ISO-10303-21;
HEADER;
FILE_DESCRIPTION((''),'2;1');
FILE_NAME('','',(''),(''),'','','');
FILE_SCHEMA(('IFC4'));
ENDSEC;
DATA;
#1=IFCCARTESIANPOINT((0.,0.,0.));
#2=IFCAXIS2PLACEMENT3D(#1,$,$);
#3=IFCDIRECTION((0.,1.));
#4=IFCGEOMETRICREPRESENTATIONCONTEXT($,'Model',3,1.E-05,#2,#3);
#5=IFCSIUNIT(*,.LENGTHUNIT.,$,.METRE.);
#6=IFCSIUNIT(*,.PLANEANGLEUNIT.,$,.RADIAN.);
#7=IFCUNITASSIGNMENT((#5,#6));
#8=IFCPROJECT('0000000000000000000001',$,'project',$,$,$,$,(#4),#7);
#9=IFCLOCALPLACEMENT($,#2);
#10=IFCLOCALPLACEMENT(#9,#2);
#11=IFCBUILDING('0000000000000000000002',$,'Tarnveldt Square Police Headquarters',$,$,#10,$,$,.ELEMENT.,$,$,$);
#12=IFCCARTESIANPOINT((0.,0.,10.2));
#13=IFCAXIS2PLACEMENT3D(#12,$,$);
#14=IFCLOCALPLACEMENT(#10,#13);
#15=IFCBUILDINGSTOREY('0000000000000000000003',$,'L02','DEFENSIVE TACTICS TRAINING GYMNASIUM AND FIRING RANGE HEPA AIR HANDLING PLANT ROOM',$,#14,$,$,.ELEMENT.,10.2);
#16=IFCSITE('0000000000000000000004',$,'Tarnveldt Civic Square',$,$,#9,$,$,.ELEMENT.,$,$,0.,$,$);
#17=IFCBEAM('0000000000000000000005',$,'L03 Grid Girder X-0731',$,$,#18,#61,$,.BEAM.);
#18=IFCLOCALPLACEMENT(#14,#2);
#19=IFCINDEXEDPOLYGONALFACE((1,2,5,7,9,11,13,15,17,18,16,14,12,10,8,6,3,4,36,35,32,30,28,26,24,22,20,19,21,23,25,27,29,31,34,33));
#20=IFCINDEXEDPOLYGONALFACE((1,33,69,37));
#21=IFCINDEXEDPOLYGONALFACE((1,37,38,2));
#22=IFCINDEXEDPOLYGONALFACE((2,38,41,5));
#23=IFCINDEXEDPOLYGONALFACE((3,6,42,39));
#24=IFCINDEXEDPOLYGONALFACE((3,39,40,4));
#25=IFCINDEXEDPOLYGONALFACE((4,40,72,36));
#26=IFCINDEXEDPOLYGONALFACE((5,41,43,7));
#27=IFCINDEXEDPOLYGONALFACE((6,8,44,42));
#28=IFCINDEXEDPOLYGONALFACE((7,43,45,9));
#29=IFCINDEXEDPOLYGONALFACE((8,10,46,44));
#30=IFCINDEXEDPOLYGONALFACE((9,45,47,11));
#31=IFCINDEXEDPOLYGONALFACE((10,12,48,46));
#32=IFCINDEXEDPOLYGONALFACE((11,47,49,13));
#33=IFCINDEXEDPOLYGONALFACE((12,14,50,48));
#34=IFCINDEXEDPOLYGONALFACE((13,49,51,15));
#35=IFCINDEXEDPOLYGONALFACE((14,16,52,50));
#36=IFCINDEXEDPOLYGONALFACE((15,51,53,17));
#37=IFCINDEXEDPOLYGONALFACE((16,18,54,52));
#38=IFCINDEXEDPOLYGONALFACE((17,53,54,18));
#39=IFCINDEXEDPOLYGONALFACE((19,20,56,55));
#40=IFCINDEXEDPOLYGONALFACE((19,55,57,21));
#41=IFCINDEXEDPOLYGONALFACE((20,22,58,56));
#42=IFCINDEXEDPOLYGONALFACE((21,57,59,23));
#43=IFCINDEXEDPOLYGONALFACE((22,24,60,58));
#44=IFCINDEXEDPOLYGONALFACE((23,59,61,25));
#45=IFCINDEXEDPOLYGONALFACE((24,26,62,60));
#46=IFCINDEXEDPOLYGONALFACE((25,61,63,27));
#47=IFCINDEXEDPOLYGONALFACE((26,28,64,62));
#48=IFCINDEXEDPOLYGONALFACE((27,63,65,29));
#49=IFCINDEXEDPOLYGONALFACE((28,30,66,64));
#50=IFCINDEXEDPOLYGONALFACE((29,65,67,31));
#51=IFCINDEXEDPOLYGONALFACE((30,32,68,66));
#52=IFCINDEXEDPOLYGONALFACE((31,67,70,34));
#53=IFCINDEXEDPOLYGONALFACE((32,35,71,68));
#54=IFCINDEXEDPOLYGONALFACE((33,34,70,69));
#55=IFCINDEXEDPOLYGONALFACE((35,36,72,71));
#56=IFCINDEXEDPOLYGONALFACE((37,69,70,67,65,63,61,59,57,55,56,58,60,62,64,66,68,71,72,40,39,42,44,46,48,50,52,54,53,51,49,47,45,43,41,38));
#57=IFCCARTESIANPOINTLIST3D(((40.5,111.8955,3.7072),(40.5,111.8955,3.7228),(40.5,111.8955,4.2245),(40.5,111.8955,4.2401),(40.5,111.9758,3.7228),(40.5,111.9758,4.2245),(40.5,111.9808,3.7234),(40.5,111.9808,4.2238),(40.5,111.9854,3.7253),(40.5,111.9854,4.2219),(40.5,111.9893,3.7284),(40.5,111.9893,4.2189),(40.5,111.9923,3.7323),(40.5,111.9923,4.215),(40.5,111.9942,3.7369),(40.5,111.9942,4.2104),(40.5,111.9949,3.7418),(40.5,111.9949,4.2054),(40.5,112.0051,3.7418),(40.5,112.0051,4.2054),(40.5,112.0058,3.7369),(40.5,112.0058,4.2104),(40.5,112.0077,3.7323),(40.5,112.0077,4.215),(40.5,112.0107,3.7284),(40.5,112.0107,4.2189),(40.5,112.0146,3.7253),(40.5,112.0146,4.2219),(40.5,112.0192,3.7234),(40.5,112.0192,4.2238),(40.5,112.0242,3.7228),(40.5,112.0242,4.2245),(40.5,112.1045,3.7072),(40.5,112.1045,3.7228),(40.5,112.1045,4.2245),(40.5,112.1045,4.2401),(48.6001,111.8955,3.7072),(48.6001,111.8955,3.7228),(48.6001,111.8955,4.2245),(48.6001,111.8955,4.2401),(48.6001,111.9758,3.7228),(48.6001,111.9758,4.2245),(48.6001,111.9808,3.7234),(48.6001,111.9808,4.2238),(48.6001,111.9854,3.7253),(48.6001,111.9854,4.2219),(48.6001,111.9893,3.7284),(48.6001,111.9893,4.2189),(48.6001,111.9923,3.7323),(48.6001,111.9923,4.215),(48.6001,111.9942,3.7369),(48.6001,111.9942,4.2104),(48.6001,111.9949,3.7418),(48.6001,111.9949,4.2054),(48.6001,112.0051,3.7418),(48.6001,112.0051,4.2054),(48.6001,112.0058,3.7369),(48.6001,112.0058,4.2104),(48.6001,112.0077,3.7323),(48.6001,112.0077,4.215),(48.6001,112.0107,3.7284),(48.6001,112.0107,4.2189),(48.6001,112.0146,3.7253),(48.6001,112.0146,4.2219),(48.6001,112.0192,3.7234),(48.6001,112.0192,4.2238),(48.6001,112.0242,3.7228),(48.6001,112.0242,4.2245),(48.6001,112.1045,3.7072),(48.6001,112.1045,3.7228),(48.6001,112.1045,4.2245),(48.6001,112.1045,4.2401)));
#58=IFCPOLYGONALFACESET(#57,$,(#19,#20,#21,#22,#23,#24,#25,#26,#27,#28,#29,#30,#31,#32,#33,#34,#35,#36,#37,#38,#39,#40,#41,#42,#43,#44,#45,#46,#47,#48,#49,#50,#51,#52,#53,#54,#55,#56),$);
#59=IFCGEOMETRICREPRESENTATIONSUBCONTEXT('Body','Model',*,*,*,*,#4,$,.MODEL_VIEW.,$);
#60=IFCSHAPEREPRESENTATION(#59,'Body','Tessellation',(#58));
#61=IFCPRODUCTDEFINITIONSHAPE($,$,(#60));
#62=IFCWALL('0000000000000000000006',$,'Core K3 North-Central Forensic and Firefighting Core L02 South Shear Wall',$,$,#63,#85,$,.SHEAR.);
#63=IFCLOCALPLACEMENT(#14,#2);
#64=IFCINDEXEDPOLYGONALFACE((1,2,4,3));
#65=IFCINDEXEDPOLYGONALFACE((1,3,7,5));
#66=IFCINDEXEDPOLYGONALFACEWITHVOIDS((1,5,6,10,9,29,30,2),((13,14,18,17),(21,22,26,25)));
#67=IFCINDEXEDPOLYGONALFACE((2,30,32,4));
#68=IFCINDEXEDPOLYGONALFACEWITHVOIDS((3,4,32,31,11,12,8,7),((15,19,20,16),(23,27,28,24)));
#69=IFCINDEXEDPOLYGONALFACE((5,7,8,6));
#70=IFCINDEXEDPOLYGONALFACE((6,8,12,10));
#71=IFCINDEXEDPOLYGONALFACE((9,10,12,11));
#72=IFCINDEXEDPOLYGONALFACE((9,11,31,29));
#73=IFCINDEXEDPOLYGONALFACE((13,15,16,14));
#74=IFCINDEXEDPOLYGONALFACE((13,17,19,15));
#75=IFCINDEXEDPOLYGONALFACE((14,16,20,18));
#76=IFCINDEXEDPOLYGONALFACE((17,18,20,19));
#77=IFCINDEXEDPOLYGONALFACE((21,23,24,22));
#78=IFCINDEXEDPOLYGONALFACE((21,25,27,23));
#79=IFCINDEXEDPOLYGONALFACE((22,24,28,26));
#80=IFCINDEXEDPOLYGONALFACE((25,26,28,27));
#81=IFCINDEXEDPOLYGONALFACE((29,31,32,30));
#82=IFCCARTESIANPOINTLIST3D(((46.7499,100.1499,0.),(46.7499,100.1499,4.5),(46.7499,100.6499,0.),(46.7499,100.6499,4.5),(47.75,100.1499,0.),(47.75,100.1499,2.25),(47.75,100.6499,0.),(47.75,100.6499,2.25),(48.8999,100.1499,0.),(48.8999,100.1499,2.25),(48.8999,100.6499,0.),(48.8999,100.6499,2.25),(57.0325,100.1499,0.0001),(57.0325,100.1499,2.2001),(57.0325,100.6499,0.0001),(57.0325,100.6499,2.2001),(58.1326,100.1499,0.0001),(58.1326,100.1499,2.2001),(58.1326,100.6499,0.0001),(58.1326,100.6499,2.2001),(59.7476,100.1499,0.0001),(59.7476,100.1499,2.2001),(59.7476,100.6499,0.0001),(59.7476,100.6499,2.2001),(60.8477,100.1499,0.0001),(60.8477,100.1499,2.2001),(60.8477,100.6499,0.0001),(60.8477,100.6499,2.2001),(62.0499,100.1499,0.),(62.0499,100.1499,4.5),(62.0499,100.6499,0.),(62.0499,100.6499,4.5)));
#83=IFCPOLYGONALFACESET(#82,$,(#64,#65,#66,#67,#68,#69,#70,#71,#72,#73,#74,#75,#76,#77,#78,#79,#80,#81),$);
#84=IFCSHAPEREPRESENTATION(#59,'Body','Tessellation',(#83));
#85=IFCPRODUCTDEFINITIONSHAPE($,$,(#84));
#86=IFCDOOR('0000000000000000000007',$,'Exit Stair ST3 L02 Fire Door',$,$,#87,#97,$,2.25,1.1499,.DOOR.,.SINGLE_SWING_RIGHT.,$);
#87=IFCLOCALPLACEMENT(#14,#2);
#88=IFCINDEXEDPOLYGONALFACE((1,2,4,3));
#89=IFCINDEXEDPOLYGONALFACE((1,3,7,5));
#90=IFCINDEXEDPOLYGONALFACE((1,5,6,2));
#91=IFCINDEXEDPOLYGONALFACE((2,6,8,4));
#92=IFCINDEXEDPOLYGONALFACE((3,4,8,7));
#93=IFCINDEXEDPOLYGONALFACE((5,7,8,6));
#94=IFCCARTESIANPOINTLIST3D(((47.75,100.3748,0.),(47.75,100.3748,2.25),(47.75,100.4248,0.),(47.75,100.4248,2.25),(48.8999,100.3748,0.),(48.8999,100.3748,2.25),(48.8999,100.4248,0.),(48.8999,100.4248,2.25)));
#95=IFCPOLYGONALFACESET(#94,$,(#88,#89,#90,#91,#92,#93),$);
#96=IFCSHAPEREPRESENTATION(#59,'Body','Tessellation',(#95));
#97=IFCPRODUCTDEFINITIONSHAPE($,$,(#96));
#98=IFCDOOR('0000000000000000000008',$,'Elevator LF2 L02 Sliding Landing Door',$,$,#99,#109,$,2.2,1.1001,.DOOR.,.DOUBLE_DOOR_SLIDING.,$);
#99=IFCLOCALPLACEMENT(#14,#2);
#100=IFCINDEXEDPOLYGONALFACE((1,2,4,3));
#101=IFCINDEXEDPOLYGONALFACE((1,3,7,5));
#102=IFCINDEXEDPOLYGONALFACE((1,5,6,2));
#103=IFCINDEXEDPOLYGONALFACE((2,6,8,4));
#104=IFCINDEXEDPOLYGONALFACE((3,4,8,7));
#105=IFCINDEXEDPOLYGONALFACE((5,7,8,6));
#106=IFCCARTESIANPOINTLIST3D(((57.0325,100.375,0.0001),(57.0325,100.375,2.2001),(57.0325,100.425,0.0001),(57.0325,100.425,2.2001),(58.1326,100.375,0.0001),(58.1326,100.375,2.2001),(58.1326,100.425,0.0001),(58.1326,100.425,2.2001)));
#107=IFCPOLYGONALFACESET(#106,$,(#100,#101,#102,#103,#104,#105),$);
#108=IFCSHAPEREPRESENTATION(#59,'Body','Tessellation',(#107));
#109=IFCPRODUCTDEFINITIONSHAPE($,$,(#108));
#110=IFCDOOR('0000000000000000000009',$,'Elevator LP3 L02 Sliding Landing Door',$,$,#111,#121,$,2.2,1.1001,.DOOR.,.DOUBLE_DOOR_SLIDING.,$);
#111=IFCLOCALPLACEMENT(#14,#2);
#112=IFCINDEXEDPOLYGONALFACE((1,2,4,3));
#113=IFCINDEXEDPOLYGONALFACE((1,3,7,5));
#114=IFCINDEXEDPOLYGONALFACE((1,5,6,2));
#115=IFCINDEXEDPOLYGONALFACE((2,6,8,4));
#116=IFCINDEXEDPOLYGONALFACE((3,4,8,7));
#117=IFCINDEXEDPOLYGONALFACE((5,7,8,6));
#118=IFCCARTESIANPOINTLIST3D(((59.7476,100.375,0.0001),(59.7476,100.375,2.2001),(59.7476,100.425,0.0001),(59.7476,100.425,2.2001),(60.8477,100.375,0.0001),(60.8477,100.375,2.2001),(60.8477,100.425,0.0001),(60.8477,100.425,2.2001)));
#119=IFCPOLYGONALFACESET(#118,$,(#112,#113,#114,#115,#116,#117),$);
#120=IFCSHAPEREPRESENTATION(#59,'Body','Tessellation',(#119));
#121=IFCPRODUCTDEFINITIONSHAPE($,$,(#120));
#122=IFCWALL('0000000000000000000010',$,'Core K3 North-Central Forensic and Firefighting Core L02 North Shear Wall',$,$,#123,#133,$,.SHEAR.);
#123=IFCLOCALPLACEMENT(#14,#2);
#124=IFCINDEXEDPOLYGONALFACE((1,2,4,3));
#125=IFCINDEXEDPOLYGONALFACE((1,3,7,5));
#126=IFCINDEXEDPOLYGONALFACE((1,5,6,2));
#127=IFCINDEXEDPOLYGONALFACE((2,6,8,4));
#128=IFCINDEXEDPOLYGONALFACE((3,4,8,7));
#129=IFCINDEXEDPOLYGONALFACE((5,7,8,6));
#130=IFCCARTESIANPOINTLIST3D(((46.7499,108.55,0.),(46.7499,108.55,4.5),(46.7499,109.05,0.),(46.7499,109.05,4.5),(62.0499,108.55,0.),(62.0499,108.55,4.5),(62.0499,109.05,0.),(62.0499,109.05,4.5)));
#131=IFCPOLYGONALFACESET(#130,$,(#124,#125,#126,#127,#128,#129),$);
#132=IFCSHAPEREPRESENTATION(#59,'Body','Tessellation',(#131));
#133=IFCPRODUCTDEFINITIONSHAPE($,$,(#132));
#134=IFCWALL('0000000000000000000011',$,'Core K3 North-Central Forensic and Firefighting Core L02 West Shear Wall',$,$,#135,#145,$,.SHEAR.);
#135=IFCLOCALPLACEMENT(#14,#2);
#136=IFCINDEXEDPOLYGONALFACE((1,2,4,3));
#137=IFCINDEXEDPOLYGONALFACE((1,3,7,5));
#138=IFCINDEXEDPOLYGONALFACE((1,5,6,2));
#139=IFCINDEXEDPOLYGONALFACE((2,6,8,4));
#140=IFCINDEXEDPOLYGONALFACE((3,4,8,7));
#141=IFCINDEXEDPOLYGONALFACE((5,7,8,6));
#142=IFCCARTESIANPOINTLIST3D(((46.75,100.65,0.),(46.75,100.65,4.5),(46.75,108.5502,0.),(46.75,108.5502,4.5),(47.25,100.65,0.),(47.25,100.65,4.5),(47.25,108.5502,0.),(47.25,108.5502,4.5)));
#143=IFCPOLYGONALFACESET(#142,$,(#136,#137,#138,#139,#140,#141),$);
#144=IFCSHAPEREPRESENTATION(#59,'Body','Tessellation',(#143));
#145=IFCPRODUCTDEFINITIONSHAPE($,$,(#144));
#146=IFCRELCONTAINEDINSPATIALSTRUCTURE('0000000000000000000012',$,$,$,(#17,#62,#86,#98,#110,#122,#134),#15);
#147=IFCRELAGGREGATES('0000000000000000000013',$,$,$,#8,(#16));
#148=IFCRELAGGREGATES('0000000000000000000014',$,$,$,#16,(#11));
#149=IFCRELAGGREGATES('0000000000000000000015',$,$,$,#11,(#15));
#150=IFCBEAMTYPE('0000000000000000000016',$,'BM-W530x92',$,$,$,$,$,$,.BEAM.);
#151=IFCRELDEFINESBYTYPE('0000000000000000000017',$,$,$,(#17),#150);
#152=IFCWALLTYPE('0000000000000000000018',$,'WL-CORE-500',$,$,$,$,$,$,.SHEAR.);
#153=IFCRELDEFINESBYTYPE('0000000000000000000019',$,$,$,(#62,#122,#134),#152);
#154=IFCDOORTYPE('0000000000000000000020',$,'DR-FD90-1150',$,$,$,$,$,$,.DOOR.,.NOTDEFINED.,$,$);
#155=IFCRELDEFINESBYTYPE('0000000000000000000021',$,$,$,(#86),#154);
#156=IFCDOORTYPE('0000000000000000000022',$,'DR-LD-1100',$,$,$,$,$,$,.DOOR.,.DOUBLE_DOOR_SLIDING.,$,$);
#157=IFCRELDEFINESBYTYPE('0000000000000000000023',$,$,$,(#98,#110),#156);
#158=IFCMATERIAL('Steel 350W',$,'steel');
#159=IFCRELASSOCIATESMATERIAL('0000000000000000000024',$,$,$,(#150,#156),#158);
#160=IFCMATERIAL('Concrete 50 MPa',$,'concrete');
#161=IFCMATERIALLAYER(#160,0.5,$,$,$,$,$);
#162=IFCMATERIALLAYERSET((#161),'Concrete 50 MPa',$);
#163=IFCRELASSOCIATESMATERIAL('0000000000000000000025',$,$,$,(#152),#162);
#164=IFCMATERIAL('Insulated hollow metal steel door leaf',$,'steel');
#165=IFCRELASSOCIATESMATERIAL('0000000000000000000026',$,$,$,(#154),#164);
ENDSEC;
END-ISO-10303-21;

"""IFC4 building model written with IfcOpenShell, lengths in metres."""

from ifc_helpers import new_model, si_unit, direction, frame, frame_2d, origin, origin_2d, place, context, subcontext, project, spatial, rectangle, i_section, extrude, material, layer, layer_set, material_profile, profile_set, type_object, element, fill, save


model = new_model("IFC4")

# Units and contexts
model_context = context("Model", 3, precision=1e-05, world=origin(), true_north=direction((0.0, 1.0)))
body_context = subcontext(model_context, "Body", "Model", "MODEL_VIEW")
ifc_project = project(units=[si_unit("LENGTHUNIT", "METRE"), si_unit("PLANEANGLEUNIT", "RADIAN")], contexts=[model_context])

# Site, building, storey
site_placement = place(None, origin())
site = spatial("IfcSite", under=ifc_project, at=site_placement, Name="Tarnveldt Civic Square", CompositionType="ELEMENT", RefElevation=0.0)
building_placement = place(site_placement, origin())
building = spatial("IfcBuilding", under=site, at=building_placement, Name="Tarnveldt Square Police Headquarters", CompositionType="ELEMENT")
storey_placement = place(building_placement, frame((0.0, 0.0, 10.2)))
storey = spatial("IfcBuildingStorey", under=building, at=storey_placement, Name="L02", Description="DEFENSIVE TACTICS TRAINING GYMNASIUM AND FIRING RANGE HEPA AIR HANDLING PLANT ROOM", CompositionType="ELEMENT", Elevation=10.2)

# Shared definitions
ifc_material_1 = material(Name="Concrete 50 MPa", Category="concrete")

# Beam
ifc_material_2 = material(Name="Steel 350W", Category="steel")
ifc_material_profile_1 = material_profile(ifc_material_2, i_section(OverallWidth=0.209, OverallDepth=0.533, WebThickness=0.0103, FlangeThickness=0.0156, FilletRadius=0.019, at=origin_2d()), Name="W530x92")
ifc_profile_set_1 = profile_set([ifc_material_profile_1], Name="Steel 350W")
beam_type_1 = type_object("IfcBeamType", Name="BM-W530x92", PredefinedType="BEAM", material=ifc_profile_set_1)
beam_1_placement = place(storey_placement, frame((40.5, 112.0, 3.9736), z_axis=(1.0, 0.0, 0.0), x_axis=(0.0, 1.0, 0.0)))
element("IfcBeam", 1, at=beam_1_placement, inside=storey, type_object=beam_type_1, Name="L03 Grid Girder X-0731", PredefinedType="BEAM", context=body_context, shape_type="SweptSolid", body=[
    extrude(i_section(OverallWidth=0.209, OverallDepth=0.533, WebThickness=0.0103, FlangeThickness=0.0156, FilletRadius=0.019, at=origin_2d()), origin(), (0.0, 0.0, 1.0), 8.1001),
])

# Wall, openings, doors
ifc_layer_1 = layer(ifc_material_1, 0.5)
ifc_layer_set_1 = layer_set([ifc_layer_1], Name="Concrete 50 MPa")
wall_type_1 = type_object("IfcWallType", Name="WL-CORE-500", PredefinedType="SHEAR", material=ifc_layer_set_1)
wall_1_placement = place(storey_placement, frame((46.75, 100.3999, 0.0), z_axis=(0.0, 0.0, 1.0), x_axis=(1.0, 0.0, 0.0)))
wall_1 = element("IfcWall", 2, at=wall_1_placement, inside=storey, type_object=wall_type_1, Name="Core K3 North-Central Forensic and Firefighting Core L02 South Shear Wall", PredefinedType="SHEAR", context=body_context, shape_type="SweptSolid", body=[
    extrude(rectangle(XDim=15.3, YDim=0.5, at=frame_2d((7.6499, 0.0))), origin(), (0.0, 0.0, 1.0), 4.5),
])
opening_1_placement = place(wall_1_placement, frame((1.0, 0.0, 0.0)))
opening_1 = element("IfcOpeningElement", 3, at=opening_1_placement, cuts=wall_1, PredefinedType="OPENING", context=body_context, shape_type="SweptSolid", body=[
    extrude(rectangle(XDim=1.1499, YDim=2.25, at=frame_2d((0.575, 1.125))), frame((0.0, 0.26, 0.0), z_axis=(0.0, -1.0, 0.0), x_axis=(1.0, 0.0, 0.0)), (0.0, 0.0, 1.0), 0.52),
])
opening_2_placement = place(wall_1_placement, frame((10.2825, 0.0, 0.0)))
opening_2 = element("IfcOpeningElement", 4, at=opening_2_placement, cuts=wall_1, PredefinedType="OPENING", context=body_context, shape_type="SweptSolid", body=[
    extrude(rectangle(XDim=1.1001, YDim=2.2, at=frame_2d((0.55, 1.1001))), frame((0.0, 0.26, 0.0), z_axis=(0.0, -1.0, 0.0), x_axis=(1.0, 0.0, 0.0)), (0.0, 0.0, 1.0), 0.52),
])
opening_3_placement = place(wall_1_placement, frame((12.9976, 0.0, 0.0)))
opening_3 = element("IfcOpeningElement", 5, at=opening_3_placement, cuts=wall_1, PredefinedType="OPENING", context=body_context, shape_type="SweptSolid", body=[
    extrude(rectangle(XDim=1.1001, YDim=2.2, at=frame_2d((0.55, 1.1001))), frame((0.0, 0.26, 0.0), z_axis=(0.0, -1.0, 0.0), x_axis=(1.0, 0.0, 0.0)), (0.0, 0.0, 1.0), 0.52),
])
ifc_material_3 = material(Name="Insulated hollow metal steel door leaf", Category="steel")
door_type_1 = type_object("IfcDoorType", Name="DR-FD90-1150", OperationType="NOTDEFINED", PredefinedType="DOOR", material=ifc_material_3)
door_1_placement = place(opening_1_placement, origin())
door_1 = element("IfcDoor", 6, at=door_1_placement, inside=storey, type_object=door_type_1, Name="Exit Stair ST3 L02 Fire Door", OperationType="SINGLE_SWING_RIGHT", OverallHeight=2.25, OverallWidth=1.1499, PredefinedType="DOOR", context=body_context, shape_type="SweptSolid", body=[
    extrude(rectangle(XDim=1.1499, YDim=2.25, at=frame_2d((0.575, 1.125))), frame((0.0, 0.0249, 0.0), z_axis=(0.0, -1.0, 0.0), x_axis=(1.0, 0.0, 0.0)), (0.0, 0.0, 1.0), 0.05),
])
fill(opening_1, door_1)
door_type_2 = type_object("IfcDoorType", Name="DR-LD-1100", OperationType="DOUBLE_DOOR_SLIDING", PredefinedType="DOOR", material=ifc_material_2)
door_2_placement = place(opening_2_placement, frame((1.1001, 0.0, 0.0), z_axis=(0.0, 0.0, 1.0), x_axis=(-1.0, 0.0, 0.0)))
door_2 = element("IfcDoor", 7, at=door_2_placement, inside=storey, type_object=door_type_2, Name="Elevator LF2 L02 Sliding Landing Door", OperationType="DOUBLE_DOOR_SLIDING", OverallHeight=2.2, OverallWidth=1.1001, PredefinedType="DOOR", context=body_context, shape_type="SweptSolid", body=[
    extrude(rectangle(XDim=1.1001, YDim=2.2, at=frame_2d((0.55, 1.1001))), frame((0.0, 0.0249, 0.0), z_axis=(0.0, -1.0, 0.0), x_axis=(1.0, 0.0, 0.0)), (0.0, 0.0, 1.0), 0.05),
])
fill(opening_2, door_2)
door_3_placement = place(opening_3_placement, frame((1.1001, 0.0, 0.0), z_axis=(0.0, 0.0, 1.0), x_axis=(-1.0, 0.0, 0.0)))
door_3 = element("IfcDoor", 8, at=door_3_placement, inside=storey, type_object=door_type_2, Name="Elevator LP3 L02 Sliding Landing Door", OperationType="DOUBLE_DOOR_SLIDING", OverallHeight=2.2, OverallWidth=1.1001, PredefinedType="DOOR", context=body_context, shape_type="SweptSolid", body=[
    extrude(rectangle(XDim=1.1001, YDim=2.2, at=frame_2d((0.55, 1.1001))), frame((0.0, 0.0249, 0.0), z_axis=(0.0, -1.0, 0.0), x_axis=(1.0, 0.0, 0.0)), (0.0, 0.0, 1.0), 0.05),
])
fill(opening_3, door_3)

# Walls
wall_2_placement = place(storey_placement, frame((46.75, 108.8, 0.0), z_axis=(0.0, 0.0, 1.0), x_axis=(1.0, 0.0, 0.0)))
element("IfcWall", 9, at=wall_2_placement, inside=storey, type_object=wall_type_1, Name="Core K3 North-Central Forensic and Firefighting Core L02 North Shear Wall", PredefinedType="SHEAR", context=body_context, shape_type="SweptSolid", body=[
    extrude(rectangle(XDim=15.3, YDim=0.5, at=frame_2d((7.6499, 0.0))), origin(), (0.0, 0.0, 1.0), 4.5),
])
wall_3_placement = place(storey_placement, frame((47.0, 100.6499, 0.0), z_axis=(0.0, 0.0, 1.0), x_axis=(0.0, 1.0, 0.0)))
element("IfcWall", 10, at=wall_3_placement, inside=storey, type_object=wall_type_1, Name="Core K3 North-Central Forensic and Firefighting Core L02 West Shear Wall", PredefinedType="SHEAR", context=body_context, shape_type="SweptSolid", body=[
    extrude(rectangle(XDim=7.9001, YDim=0.5, at=frame_2d((3.9502, 0.0))), origin(), (0.0, 0.0, 1.0), 4.5),
])

save(model, "model.ifc")
